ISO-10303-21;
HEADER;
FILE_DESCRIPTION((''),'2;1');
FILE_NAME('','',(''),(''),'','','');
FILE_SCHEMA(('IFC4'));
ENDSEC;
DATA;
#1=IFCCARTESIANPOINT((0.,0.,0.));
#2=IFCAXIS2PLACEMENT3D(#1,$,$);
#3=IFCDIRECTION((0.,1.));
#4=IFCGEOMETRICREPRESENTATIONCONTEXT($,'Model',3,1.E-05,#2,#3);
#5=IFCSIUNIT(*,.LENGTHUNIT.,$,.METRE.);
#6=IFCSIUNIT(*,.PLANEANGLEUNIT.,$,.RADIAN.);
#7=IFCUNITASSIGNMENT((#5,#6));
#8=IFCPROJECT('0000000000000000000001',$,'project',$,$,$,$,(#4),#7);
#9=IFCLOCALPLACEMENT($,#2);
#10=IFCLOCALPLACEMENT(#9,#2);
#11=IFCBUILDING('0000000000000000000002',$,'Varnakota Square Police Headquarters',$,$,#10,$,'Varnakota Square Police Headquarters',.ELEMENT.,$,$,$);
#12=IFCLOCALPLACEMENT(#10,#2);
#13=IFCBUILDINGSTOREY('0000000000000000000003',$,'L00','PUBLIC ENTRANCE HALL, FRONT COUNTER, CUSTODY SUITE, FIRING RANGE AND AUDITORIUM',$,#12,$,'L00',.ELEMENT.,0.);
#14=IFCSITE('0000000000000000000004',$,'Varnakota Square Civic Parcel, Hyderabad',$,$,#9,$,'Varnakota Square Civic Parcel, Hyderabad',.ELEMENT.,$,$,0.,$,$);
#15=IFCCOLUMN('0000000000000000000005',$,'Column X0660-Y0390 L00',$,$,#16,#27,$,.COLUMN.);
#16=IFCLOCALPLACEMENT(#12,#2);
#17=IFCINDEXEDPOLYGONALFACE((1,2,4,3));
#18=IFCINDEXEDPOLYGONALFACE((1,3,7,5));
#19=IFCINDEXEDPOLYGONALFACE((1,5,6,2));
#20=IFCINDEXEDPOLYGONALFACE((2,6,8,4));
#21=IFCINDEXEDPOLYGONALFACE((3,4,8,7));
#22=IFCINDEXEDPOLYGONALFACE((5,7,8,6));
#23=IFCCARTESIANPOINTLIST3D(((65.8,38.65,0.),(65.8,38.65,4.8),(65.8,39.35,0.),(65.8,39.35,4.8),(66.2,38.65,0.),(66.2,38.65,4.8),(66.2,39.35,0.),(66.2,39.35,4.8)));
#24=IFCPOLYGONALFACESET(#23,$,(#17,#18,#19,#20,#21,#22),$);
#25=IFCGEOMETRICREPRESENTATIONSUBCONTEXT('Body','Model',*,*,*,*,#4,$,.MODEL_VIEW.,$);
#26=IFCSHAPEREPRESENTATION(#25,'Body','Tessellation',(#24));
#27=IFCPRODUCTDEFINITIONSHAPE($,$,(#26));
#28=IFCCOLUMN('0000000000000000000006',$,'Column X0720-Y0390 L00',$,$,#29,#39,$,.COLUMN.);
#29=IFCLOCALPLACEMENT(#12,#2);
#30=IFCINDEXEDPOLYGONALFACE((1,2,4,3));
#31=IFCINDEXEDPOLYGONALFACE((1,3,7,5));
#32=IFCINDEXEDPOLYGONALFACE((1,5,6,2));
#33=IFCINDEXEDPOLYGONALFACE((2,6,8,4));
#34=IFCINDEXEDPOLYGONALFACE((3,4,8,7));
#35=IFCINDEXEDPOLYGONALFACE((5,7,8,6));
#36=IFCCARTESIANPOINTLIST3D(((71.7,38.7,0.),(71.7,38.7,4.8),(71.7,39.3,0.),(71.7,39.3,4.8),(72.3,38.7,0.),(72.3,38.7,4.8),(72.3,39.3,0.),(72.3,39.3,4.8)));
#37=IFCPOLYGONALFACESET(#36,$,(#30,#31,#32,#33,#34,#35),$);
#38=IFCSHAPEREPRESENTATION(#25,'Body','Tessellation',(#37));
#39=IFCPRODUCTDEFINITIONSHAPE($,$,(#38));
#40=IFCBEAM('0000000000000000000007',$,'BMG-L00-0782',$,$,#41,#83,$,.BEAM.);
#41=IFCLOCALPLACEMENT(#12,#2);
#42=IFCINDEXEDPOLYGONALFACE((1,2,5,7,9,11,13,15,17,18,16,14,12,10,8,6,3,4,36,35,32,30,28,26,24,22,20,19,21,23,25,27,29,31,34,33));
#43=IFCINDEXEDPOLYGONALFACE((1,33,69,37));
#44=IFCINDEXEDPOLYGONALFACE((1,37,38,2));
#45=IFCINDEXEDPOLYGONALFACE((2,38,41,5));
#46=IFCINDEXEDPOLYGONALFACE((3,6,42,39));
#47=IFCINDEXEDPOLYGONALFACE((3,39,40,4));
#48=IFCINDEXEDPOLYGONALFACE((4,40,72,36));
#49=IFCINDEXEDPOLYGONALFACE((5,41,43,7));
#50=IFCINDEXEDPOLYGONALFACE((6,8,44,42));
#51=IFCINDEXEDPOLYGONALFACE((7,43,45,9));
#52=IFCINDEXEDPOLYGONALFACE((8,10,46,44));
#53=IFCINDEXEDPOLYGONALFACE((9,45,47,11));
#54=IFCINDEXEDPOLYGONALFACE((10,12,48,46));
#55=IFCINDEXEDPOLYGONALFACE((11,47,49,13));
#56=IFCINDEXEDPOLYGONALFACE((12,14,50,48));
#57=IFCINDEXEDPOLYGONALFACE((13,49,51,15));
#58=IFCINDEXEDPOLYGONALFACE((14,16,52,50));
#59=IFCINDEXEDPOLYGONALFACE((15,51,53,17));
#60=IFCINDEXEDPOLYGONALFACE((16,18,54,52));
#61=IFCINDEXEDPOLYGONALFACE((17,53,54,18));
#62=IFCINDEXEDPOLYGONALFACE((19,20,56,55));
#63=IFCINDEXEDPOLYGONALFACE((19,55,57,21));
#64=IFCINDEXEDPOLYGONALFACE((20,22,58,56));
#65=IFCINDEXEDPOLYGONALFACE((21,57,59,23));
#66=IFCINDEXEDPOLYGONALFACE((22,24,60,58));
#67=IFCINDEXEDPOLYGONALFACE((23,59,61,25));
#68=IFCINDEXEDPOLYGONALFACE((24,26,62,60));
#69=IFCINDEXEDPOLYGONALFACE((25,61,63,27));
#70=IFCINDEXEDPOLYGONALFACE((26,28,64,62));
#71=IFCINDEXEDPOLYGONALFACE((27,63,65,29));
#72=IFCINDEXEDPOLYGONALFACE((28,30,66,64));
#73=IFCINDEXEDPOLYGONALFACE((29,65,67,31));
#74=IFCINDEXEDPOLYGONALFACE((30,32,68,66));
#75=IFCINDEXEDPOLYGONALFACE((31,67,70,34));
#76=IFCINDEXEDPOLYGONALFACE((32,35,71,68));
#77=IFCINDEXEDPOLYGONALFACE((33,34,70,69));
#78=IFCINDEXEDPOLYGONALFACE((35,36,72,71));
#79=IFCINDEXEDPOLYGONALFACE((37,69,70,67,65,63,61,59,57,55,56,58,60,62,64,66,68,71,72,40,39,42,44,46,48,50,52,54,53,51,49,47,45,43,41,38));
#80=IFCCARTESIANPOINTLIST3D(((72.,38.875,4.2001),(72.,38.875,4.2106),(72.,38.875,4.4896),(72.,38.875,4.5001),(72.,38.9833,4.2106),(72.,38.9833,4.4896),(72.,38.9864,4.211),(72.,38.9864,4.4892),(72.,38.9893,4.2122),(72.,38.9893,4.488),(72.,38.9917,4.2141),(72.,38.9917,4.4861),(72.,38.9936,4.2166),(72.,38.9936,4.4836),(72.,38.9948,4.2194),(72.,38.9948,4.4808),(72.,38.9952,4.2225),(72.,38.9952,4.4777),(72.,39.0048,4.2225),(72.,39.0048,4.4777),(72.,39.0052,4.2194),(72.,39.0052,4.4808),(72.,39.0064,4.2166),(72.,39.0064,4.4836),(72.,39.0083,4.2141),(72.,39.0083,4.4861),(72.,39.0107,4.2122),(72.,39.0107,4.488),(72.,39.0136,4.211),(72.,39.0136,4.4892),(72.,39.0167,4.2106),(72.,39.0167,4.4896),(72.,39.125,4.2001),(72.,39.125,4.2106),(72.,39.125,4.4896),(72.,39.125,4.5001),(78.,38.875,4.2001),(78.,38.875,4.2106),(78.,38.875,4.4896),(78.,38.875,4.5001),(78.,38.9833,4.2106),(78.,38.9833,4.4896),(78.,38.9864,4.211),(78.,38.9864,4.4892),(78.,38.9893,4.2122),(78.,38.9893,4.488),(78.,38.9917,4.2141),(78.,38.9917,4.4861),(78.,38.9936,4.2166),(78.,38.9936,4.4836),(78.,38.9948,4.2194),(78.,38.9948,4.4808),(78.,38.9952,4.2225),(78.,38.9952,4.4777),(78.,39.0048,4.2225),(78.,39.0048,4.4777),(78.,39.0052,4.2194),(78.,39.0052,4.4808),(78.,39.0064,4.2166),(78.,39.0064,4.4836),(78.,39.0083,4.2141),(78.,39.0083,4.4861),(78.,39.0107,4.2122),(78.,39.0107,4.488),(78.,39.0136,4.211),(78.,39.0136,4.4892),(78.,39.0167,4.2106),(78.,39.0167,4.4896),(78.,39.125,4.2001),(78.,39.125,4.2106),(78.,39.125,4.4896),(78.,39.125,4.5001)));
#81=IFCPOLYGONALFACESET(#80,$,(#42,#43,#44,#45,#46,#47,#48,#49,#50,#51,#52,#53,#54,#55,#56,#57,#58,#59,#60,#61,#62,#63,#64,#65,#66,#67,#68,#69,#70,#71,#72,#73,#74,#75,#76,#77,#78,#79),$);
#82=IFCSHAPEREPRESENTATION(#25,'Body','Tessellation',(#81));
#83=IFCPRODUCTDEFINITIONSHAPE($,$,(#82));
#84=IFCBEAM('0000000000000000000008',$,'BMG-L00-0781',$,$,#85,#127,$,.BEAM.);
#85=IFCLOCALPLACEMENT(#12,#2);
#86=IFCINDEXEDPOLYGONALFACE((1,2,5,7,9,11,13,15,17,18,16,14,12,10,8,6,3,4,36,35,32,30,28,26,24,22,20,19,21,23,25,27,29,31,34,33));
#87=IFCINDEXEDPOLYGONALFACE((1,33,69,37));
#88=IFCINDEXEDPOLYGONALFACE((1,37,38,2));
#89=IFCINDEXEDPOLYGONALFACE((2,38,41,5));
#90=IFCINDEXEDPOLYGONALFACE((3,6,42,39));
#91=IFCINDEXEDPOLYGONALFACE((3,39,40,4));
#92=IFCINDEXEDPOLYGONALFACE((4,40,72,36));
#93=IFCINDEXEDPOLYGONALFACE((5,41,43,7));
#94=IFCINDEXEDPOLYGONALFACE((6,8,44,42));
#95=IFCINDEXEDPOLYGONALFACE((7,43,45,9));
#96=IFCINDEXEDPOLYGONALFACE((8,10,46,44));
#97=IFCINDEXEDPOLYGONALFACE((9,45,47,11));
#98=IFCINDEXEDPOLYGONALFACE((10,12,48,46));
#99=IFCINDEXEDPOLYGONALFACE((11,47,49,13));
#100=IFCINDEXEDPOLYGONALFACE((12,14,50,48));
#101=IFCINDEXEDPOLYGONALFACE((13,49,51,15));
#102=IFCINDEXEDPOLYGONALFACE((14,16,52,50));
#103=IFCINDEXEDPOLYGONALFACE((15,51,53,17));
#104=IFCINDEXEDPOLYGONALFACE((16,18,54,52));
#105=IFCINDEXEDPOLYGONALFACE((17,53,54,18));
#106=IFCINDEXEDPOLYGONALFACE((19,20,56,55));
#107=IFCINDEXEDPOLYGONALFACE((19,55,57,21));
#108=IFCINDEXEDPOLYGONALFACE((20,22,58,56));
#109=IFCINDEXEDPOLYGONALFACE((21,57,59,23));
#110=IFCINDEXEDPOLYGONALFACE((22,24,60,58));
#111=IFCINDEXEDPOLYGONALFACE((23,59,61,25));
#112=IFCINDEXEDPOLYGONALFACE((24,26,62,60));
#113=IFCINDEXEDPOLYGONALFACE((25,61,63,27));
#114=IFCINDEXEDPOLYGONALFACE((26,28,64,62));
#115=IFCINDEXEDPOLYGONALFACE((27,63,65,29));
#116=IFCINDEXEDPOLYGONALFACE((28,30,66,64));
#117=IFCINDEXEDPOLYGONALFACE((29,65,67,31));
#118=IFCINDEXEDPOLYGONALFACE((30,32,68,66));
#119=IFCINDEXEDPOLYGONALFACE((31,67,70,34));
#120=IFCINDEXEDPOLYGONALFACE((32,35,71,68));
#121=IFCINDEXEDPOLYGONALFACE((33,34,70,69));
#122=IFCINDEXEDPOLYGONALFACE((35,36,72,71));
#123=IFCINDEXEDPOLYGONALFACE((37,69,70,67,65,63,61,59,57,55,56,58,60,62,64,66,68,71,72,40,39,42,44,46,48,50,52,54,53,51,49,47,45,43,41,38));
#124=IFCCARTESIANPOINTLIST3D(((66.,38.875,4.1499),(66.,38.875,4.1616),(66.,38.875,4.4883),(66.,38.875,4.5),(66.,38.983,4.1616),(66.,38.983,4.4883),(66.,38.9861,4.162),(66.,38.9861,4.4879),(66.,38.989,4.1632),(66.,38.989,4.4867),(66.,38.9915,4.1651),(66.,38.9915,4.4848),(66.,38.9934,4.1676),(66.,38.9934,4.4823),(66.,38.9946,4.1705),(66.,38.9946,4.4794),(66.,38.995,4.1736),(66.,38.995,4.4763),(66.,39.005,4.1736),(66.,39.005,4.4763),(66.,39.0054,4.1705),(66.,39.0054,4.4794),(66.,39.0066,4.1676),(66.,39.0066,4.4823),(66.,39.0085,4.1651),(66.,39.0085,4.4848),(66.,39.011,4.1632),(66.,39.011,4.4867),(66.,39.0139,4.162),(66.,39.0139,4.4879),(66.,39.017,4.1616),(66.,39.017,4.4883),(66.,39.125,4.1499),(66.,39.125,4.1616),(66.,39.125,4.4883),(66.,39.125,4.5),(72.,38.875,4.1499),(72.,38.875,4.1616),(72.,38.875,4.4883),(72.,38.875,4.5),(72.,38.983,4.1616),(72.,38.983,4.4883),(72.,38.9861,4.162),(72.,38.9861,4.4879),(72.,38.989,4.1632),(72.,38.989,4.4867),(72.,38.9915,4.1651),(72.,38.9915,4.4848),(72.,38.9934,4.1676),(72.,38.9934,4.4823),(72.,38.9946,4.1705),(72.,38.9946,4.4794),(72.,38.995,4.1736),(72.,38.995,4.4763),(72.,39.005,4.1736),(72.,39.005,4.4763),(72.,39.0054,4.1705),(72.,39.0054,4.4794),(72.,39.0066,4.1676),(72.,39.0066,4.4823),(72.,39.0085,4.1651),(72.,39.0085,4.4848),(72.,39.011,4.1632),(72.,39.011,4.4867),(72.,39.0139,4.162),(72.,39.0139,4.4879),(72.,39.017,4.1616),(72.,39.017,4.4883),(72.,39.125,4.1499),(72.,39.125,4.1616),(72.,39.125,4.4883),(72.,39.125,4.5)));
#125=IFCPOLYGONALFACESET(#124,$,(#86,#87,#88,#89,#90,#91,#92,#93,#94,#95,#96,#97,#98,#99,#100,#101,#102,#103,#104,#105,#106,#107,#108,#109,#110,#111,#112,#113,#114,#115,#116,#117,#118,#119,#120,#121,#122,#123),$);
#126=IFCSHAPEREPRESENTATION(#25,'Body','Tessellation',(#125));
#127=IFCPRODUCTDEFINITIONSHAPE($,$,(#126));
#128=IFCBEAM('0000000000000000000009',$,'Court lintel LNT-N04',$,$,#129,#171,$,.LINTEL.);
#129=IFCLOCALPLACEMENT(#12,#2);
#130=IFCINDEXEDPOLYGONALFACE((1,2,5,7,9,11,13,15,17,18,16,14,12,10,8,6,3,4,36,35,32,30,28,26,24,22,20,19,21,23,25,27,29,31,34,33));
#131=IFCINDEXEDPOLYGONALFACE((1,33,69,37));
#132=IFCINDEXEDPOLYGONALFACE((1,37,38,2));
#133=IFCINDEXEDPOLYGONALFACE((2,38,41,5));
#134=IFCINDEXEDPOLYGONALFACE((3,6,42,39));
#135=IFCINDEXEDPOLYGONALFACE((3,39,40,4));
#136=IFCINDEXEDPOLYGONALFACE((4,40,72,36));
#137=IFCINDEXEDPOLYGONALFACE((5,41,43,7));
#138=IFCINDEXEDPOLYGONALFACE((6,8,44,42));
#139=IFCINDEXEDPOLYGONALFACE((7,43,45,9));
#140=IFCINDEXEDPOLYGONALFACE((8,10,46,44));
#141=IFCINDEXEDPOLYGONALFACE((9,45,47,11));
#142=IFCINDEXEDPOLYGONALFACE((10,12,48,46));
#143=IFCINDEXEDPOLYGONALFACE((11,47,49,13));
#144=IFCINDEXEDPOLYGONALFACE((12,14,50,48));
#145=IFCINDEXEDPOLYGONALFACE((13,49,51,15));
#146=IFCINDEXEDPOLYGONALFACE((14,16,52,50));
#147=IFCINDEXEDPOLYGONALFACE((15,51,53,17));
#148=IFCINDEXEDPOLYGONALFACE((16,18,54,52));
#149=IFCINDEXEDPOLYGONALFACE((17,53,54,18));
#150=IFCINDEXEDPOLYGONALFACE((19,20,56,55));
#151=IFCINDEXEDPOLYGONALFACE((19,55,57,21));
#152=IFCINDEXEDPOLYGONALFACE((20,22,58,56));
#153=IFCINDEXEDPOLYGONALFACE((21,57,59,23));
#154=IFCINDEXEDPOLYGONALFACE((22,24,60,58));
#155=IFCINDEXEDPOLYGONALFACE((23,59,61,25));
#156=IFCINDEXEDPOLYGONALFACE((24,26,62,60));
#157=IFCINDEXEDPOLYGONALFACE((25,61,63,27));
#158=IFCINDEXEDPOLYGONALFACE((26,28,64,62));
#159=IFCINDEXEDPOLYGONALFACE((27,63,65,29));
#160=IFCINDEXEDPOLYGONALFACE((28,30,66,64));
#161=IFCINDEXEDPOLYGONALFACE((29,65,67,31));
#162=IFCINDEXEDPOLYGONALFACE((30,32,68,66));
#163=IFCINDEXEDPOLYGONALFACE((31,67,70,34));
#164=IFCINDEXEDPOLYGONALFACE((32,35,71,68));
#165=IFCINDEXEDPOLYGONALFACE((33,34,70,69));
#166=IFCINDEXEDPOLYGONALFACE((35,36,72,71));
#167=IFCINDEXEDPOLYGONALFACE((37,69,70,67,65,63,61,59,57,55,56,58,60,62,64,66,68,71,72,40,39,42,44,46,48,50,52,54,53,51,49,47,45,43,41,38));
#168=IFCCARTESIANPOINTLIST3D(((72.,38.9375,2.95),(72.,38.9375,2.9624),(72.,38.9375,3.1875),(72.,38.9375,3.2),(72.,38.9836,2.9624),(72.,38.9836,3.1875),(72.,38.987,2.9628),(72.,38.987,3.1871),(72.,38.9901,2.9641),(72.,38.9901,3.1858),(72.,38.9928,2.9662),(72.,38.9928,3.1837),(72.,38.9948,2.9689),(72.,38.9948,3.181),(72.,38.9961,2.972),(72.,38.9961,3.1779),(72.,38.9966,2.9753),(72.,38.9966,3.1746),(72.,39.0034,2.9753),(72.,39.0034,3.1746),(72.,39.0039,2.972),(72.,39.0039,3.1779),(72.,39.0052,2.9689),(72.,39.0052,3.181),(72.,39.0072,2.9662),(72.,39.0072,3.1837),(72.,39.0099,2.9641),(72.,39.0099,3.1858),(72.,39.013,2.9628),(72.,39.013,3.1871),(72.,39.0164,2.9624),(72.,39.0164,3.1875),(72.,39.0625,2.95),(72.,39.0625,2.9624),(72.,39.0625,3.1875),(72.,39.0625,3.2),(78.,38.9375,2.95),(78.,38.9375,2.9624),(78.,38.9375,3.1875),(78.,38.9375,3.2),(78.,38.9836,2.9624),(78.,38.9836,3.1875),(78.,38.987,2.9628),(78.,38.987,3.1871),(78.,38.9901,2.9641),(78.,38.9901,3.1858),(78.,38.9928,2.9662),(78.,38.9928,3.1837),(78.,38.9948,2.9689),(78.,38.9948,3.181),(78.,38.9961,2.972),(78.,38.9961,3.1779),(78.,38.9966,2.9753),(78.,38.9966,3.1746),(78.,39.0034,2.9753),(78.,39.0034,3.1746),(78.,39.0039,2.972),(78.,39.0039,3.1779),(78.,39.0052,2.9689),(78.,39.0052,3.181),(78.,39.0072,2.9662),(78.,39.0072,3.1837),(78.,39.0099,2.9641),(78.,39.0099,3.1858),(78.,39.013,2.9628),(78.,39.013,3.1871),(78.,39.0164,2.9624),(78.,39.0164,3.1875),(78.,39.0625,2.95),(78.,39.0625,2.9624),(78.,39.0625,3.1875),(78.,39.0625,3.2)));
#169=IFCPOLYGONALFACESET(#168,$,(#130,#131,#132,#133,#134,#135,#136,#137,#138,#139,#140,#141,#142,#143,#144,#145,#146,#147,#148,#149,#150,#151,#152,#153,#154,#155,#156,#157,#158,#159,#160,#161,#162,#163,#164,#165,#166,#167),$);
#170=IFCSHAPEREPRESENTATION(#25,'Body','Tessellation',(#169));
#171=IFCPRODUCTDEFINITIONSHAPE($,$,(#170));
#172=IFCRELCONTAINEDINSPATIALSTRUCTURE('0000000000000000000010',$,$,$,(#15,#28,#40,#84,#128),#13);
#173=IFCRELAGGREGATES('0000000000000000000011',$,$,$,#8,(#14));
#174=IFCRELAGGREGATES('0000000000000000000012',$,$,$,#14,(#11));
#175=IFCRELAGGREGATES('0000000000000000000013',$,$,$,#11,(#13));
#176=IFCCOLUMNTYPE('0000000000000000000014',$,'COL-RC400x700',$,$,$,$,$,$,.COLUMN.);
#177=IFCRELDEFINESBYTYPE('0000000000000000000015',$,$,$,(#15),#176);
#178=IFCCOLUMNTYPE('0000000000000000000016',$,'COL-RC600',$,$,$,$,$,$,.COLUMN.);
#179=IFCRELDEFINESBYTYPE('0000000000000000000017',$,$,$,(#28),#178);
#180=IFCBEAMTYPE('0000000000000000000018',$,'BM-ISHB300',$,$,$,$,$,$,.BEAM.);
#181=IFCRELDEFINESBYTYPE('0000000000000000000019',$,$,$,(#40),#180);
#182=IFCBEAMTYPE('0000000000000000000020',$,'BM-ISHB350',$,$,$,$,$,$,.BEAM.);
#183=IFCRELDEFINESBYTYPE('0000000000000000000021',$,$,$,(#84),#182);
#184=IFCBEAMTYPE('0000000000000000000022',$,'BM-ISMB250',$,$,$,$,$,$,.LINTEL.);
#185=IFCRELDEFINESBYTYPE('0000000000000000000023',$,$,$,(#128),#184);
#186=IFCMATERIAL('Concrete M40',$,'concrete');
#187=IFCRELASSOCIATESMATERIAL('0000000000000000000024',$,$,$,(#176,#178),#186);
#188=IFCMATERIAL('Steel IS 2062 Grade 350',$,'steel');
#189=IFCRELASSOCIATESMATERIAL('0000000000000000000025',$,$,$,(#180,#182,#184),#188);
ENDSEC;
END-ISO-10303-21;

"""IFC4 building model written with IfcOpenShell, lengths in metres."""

from ifc_helpers import new_model, si_unit, direction, frame, origin, origin_2d, place, context, subcontext, project, spatial, rectangle, i_section, extrude, material, material_profile, profile_set, type_object, element, save


model = new_model("IFC4")

# Units and contexts
model_context = context("Model", 3, precision=1e-05, world=origin(), true_north=direction((0.0, 1.0)))
body_context = subcontext(model_context, "Body", "Model", "MODEL_VIEW")
ifc_project = project(units=[si_unit("LENGTHUNIT", "METRE"), si_unit("PLANEANGLEUNIT", "RADIAN")], contexts=[model_context])

# Site, building, storey
site_placement = place(None, origin())
site = spatial("IfcSite", under=ifc_project, at=site_placement, Name="Varnakota Square Civic Parcel, Hyderabad", LongName="Varnakota Square Civic Parcel, Hyderabad", CompositionType="ELEMENT", RefElevation=0.0)
building_placement = place(site_placement, origin())
building = spatial("IfcBuilding", under=site, at=building_placement, Name="Varnakota Square Police Headquarters", LongName="Varnakota Square Police Headquarters", CompositionType="ELEMENT")
storey_placement = place(building_placement, origin())
storey = spatial("IfcBuildingStorey", under=building, at=storey_placement, Name="L00", Description="PUBLIC ENTRANCE HALL, FRONT COUNTER, CUSTODY SUITE, FIRING RANGE AND AUDITORIUM", LongName="L00", CompositionType="ELEMENT", Elevation=0.0)

# Columns
ifc_material_1 = material(Name="Concrete M40", Category="concrete")
ifc_material_profile_1 = material_profile(ifc_material_1, rectangle(XDim=0.3999, YDim=0.7, at=origin_2d()), Name="RC 400x700")
ifc_profile_set_1 = profile_set([ifc_material_profile_1], Name="Concrete M40")
column_type_1 = type_object("IfcColumnType", Name="COL-RC400x700", PredefinedType="COLUMN", material=ifc_profile_set_1)
column_1_placement = place(storey_placement, frame((66.0, 39.0, 0.0), z_axis=(0.0, 0.0, 1.0), x_axis=(1.0, 0.0, 0.0)))
element("IfcColumn", 1, at=column_1_placement, inside=storey, type_object=column_type_1, Name="Column X0660-Y0390 L00", PredefinedType="COLUMN", context=body_context, shape_type="SweptSolid", body=[
    extrude(rectangle(XDim=0.3999, YDim=0.7, at=origin_2d()), origin(), (0.0, 0.0, 1.0), 4.8),
])
ifc_material_profile_2 = material_profile(ifc_material_1, rectangle(XDim=0.6001, YDim=0.6001, at=origin_2d()), Name="RC 600x600")
ifc_profile_set_2 = profile_set([ifc_material_profile_2], Name="Concrete M40")
column_type_2 = type_object("IfcColumnType", Name="COL-RC600", PredefinedType="COLUMN", material=ifc_profile_set_2)
column_2_placement = place(storey_placement, frame((72.0, 39.0, 0.0), z_axis=(0.0, 0.0, 1.0), x_axis=(1.0, 0.0, 0.0)))
element("IfcColumn", 2, at=column_2_placement, inside=storey, type_object=column_type_2, Name="Column X0720-Y0390 L00", PredefinedType="COLUMN", context=body_context, shape_type="SweptSolid", body=[
    extrude(rectangle(XDim=0.6001, YDim=0.6001, at=origin_2d()), origin(), (0.0, 0.0, 1.0), 4.8),
])

# Beams
ifc_material_2 = material(Name="Steel IS 2062 Grade 350", Category="steel")
ifc_material_profile_3 = material_profile(ifc_material_2, i_section(OverallWidth=0.25, OverallDepth=0.3, WebThickness=0.0095, FlangeThickness=0.0105, FilletRadius=0.012, at=origin_2d()), Name="ISHB 300")
ifc_profile_set_3 = profile_set([ifc_material_profile_3], Name="Steel IS 2062 Grade 350")
beam_type_1 = type_object("IfcBeamType", Name="BM-ISHB300", PredefinedType="BEAM", material=ifc_profile_set_3)
beam_1_placement = place(storey_placement, frame((72.0, 39.0, 4.3501), z_axis=(1.0, 0.0, 0.0), x_axis=(0.0, 1.0, 0.0)))
element("IfcBeam", 3, at=beam_1_placement, inside=storey, type_object=beam_type_1, Name="BMG-L00-0782", PredefinedType="BEAM", context=body_context, shape_type="SweptSolid", body=[
    extrude(i_section(OverallWidth=0.25, OverallDepth=0.3, WebThickness=0.0095, FlangeThickness=0.0105, FilletRadius=0.012, at=origin_2d()), origin(), (0.0, 0.0, 1.0), 6.0),
])
ifc_material_profile_4 = material_profile(ifc_material_2, i_section(OverallWidth=0.25, OverallDepth=0.3501, WebThickness=0.01, FlangeThickness=0.0117, FilletRadius=0.012, at=origin_2d()), Name="ISHB 350")
ifc_profile_set_4 = profile_set([ifc_material_profile_4], Name="Steel IS 2062 Grade 350")
beam_type_2 = type_object("IfcBeamType", Name="BM-ISHB350", PredefinedType="BEAM", material=ifc_profile_set_4)
beam_2_placement = place(storey_placement, frame((66.0, 39.0, 4.325), z_axis=(1.0, 0.0, 0.0), x_axis=(0.0, 1.0, 0.0)))
element("IfcBeam", 4, at=beam_2_placement, inside=storey, type_object=beam_type_2, Name="BMG-L00-0781", PredefinedType="BEAM", context=body_context, shape_type="SweptSolid", body=[
    extrude(i_section(OverallWidth=0.25, OverallDepth=0.3501, WebThickness=0.01, FlangeThickness=0.0117, FilletRadius=0.012, at=origin_2d()), origin(), (0.0, 0.0, 1.0), 6.0),
])
ifc_material_profile_5 = material_profile(ifc_material_2, i_section(OverallWidth=0.125, OverallDepth=0.25, WebThickness=0.0068, FlangeThickness=0.0125, FilletRadius=0.0129, at=origin_2d()), Name="ISMB 250")
ifc_profile_set_5 = profile_set([ifc_material_profile_5], Name="Steel IS 2062 Grade 350")
beam_type_3 = type_object("IfcBeamType", Name="BM-ISMB250", PredefinedType="LINTEL", material=ifc_profile_set_5)
beam_3_placement = place(storey_placement, frame((72.0, 39.0, 3.075), z_axis=(1.0, 0.0, 0.0), x_axis=(0.0, 1.0, 0.0)))
element("IfcBeam", 5, at=beam_3_placement, inside=storey, type_object=beam_type_3, Name="Court lintel LNT-N04", PredefinedType="LINTEL", context=body_context, shape_type="SweptSolid", body=[
    extrude(i_section(OverallWidth=0.125, OverallDepth=0.25, WebThickness=0.0068, FlangeThickness=0.0125, FilletRadius=0.0129, at=origin_2d()), origin(), (0.0, 0.0, 1.0), 6.0),
])

save(model, "model.ifc")
